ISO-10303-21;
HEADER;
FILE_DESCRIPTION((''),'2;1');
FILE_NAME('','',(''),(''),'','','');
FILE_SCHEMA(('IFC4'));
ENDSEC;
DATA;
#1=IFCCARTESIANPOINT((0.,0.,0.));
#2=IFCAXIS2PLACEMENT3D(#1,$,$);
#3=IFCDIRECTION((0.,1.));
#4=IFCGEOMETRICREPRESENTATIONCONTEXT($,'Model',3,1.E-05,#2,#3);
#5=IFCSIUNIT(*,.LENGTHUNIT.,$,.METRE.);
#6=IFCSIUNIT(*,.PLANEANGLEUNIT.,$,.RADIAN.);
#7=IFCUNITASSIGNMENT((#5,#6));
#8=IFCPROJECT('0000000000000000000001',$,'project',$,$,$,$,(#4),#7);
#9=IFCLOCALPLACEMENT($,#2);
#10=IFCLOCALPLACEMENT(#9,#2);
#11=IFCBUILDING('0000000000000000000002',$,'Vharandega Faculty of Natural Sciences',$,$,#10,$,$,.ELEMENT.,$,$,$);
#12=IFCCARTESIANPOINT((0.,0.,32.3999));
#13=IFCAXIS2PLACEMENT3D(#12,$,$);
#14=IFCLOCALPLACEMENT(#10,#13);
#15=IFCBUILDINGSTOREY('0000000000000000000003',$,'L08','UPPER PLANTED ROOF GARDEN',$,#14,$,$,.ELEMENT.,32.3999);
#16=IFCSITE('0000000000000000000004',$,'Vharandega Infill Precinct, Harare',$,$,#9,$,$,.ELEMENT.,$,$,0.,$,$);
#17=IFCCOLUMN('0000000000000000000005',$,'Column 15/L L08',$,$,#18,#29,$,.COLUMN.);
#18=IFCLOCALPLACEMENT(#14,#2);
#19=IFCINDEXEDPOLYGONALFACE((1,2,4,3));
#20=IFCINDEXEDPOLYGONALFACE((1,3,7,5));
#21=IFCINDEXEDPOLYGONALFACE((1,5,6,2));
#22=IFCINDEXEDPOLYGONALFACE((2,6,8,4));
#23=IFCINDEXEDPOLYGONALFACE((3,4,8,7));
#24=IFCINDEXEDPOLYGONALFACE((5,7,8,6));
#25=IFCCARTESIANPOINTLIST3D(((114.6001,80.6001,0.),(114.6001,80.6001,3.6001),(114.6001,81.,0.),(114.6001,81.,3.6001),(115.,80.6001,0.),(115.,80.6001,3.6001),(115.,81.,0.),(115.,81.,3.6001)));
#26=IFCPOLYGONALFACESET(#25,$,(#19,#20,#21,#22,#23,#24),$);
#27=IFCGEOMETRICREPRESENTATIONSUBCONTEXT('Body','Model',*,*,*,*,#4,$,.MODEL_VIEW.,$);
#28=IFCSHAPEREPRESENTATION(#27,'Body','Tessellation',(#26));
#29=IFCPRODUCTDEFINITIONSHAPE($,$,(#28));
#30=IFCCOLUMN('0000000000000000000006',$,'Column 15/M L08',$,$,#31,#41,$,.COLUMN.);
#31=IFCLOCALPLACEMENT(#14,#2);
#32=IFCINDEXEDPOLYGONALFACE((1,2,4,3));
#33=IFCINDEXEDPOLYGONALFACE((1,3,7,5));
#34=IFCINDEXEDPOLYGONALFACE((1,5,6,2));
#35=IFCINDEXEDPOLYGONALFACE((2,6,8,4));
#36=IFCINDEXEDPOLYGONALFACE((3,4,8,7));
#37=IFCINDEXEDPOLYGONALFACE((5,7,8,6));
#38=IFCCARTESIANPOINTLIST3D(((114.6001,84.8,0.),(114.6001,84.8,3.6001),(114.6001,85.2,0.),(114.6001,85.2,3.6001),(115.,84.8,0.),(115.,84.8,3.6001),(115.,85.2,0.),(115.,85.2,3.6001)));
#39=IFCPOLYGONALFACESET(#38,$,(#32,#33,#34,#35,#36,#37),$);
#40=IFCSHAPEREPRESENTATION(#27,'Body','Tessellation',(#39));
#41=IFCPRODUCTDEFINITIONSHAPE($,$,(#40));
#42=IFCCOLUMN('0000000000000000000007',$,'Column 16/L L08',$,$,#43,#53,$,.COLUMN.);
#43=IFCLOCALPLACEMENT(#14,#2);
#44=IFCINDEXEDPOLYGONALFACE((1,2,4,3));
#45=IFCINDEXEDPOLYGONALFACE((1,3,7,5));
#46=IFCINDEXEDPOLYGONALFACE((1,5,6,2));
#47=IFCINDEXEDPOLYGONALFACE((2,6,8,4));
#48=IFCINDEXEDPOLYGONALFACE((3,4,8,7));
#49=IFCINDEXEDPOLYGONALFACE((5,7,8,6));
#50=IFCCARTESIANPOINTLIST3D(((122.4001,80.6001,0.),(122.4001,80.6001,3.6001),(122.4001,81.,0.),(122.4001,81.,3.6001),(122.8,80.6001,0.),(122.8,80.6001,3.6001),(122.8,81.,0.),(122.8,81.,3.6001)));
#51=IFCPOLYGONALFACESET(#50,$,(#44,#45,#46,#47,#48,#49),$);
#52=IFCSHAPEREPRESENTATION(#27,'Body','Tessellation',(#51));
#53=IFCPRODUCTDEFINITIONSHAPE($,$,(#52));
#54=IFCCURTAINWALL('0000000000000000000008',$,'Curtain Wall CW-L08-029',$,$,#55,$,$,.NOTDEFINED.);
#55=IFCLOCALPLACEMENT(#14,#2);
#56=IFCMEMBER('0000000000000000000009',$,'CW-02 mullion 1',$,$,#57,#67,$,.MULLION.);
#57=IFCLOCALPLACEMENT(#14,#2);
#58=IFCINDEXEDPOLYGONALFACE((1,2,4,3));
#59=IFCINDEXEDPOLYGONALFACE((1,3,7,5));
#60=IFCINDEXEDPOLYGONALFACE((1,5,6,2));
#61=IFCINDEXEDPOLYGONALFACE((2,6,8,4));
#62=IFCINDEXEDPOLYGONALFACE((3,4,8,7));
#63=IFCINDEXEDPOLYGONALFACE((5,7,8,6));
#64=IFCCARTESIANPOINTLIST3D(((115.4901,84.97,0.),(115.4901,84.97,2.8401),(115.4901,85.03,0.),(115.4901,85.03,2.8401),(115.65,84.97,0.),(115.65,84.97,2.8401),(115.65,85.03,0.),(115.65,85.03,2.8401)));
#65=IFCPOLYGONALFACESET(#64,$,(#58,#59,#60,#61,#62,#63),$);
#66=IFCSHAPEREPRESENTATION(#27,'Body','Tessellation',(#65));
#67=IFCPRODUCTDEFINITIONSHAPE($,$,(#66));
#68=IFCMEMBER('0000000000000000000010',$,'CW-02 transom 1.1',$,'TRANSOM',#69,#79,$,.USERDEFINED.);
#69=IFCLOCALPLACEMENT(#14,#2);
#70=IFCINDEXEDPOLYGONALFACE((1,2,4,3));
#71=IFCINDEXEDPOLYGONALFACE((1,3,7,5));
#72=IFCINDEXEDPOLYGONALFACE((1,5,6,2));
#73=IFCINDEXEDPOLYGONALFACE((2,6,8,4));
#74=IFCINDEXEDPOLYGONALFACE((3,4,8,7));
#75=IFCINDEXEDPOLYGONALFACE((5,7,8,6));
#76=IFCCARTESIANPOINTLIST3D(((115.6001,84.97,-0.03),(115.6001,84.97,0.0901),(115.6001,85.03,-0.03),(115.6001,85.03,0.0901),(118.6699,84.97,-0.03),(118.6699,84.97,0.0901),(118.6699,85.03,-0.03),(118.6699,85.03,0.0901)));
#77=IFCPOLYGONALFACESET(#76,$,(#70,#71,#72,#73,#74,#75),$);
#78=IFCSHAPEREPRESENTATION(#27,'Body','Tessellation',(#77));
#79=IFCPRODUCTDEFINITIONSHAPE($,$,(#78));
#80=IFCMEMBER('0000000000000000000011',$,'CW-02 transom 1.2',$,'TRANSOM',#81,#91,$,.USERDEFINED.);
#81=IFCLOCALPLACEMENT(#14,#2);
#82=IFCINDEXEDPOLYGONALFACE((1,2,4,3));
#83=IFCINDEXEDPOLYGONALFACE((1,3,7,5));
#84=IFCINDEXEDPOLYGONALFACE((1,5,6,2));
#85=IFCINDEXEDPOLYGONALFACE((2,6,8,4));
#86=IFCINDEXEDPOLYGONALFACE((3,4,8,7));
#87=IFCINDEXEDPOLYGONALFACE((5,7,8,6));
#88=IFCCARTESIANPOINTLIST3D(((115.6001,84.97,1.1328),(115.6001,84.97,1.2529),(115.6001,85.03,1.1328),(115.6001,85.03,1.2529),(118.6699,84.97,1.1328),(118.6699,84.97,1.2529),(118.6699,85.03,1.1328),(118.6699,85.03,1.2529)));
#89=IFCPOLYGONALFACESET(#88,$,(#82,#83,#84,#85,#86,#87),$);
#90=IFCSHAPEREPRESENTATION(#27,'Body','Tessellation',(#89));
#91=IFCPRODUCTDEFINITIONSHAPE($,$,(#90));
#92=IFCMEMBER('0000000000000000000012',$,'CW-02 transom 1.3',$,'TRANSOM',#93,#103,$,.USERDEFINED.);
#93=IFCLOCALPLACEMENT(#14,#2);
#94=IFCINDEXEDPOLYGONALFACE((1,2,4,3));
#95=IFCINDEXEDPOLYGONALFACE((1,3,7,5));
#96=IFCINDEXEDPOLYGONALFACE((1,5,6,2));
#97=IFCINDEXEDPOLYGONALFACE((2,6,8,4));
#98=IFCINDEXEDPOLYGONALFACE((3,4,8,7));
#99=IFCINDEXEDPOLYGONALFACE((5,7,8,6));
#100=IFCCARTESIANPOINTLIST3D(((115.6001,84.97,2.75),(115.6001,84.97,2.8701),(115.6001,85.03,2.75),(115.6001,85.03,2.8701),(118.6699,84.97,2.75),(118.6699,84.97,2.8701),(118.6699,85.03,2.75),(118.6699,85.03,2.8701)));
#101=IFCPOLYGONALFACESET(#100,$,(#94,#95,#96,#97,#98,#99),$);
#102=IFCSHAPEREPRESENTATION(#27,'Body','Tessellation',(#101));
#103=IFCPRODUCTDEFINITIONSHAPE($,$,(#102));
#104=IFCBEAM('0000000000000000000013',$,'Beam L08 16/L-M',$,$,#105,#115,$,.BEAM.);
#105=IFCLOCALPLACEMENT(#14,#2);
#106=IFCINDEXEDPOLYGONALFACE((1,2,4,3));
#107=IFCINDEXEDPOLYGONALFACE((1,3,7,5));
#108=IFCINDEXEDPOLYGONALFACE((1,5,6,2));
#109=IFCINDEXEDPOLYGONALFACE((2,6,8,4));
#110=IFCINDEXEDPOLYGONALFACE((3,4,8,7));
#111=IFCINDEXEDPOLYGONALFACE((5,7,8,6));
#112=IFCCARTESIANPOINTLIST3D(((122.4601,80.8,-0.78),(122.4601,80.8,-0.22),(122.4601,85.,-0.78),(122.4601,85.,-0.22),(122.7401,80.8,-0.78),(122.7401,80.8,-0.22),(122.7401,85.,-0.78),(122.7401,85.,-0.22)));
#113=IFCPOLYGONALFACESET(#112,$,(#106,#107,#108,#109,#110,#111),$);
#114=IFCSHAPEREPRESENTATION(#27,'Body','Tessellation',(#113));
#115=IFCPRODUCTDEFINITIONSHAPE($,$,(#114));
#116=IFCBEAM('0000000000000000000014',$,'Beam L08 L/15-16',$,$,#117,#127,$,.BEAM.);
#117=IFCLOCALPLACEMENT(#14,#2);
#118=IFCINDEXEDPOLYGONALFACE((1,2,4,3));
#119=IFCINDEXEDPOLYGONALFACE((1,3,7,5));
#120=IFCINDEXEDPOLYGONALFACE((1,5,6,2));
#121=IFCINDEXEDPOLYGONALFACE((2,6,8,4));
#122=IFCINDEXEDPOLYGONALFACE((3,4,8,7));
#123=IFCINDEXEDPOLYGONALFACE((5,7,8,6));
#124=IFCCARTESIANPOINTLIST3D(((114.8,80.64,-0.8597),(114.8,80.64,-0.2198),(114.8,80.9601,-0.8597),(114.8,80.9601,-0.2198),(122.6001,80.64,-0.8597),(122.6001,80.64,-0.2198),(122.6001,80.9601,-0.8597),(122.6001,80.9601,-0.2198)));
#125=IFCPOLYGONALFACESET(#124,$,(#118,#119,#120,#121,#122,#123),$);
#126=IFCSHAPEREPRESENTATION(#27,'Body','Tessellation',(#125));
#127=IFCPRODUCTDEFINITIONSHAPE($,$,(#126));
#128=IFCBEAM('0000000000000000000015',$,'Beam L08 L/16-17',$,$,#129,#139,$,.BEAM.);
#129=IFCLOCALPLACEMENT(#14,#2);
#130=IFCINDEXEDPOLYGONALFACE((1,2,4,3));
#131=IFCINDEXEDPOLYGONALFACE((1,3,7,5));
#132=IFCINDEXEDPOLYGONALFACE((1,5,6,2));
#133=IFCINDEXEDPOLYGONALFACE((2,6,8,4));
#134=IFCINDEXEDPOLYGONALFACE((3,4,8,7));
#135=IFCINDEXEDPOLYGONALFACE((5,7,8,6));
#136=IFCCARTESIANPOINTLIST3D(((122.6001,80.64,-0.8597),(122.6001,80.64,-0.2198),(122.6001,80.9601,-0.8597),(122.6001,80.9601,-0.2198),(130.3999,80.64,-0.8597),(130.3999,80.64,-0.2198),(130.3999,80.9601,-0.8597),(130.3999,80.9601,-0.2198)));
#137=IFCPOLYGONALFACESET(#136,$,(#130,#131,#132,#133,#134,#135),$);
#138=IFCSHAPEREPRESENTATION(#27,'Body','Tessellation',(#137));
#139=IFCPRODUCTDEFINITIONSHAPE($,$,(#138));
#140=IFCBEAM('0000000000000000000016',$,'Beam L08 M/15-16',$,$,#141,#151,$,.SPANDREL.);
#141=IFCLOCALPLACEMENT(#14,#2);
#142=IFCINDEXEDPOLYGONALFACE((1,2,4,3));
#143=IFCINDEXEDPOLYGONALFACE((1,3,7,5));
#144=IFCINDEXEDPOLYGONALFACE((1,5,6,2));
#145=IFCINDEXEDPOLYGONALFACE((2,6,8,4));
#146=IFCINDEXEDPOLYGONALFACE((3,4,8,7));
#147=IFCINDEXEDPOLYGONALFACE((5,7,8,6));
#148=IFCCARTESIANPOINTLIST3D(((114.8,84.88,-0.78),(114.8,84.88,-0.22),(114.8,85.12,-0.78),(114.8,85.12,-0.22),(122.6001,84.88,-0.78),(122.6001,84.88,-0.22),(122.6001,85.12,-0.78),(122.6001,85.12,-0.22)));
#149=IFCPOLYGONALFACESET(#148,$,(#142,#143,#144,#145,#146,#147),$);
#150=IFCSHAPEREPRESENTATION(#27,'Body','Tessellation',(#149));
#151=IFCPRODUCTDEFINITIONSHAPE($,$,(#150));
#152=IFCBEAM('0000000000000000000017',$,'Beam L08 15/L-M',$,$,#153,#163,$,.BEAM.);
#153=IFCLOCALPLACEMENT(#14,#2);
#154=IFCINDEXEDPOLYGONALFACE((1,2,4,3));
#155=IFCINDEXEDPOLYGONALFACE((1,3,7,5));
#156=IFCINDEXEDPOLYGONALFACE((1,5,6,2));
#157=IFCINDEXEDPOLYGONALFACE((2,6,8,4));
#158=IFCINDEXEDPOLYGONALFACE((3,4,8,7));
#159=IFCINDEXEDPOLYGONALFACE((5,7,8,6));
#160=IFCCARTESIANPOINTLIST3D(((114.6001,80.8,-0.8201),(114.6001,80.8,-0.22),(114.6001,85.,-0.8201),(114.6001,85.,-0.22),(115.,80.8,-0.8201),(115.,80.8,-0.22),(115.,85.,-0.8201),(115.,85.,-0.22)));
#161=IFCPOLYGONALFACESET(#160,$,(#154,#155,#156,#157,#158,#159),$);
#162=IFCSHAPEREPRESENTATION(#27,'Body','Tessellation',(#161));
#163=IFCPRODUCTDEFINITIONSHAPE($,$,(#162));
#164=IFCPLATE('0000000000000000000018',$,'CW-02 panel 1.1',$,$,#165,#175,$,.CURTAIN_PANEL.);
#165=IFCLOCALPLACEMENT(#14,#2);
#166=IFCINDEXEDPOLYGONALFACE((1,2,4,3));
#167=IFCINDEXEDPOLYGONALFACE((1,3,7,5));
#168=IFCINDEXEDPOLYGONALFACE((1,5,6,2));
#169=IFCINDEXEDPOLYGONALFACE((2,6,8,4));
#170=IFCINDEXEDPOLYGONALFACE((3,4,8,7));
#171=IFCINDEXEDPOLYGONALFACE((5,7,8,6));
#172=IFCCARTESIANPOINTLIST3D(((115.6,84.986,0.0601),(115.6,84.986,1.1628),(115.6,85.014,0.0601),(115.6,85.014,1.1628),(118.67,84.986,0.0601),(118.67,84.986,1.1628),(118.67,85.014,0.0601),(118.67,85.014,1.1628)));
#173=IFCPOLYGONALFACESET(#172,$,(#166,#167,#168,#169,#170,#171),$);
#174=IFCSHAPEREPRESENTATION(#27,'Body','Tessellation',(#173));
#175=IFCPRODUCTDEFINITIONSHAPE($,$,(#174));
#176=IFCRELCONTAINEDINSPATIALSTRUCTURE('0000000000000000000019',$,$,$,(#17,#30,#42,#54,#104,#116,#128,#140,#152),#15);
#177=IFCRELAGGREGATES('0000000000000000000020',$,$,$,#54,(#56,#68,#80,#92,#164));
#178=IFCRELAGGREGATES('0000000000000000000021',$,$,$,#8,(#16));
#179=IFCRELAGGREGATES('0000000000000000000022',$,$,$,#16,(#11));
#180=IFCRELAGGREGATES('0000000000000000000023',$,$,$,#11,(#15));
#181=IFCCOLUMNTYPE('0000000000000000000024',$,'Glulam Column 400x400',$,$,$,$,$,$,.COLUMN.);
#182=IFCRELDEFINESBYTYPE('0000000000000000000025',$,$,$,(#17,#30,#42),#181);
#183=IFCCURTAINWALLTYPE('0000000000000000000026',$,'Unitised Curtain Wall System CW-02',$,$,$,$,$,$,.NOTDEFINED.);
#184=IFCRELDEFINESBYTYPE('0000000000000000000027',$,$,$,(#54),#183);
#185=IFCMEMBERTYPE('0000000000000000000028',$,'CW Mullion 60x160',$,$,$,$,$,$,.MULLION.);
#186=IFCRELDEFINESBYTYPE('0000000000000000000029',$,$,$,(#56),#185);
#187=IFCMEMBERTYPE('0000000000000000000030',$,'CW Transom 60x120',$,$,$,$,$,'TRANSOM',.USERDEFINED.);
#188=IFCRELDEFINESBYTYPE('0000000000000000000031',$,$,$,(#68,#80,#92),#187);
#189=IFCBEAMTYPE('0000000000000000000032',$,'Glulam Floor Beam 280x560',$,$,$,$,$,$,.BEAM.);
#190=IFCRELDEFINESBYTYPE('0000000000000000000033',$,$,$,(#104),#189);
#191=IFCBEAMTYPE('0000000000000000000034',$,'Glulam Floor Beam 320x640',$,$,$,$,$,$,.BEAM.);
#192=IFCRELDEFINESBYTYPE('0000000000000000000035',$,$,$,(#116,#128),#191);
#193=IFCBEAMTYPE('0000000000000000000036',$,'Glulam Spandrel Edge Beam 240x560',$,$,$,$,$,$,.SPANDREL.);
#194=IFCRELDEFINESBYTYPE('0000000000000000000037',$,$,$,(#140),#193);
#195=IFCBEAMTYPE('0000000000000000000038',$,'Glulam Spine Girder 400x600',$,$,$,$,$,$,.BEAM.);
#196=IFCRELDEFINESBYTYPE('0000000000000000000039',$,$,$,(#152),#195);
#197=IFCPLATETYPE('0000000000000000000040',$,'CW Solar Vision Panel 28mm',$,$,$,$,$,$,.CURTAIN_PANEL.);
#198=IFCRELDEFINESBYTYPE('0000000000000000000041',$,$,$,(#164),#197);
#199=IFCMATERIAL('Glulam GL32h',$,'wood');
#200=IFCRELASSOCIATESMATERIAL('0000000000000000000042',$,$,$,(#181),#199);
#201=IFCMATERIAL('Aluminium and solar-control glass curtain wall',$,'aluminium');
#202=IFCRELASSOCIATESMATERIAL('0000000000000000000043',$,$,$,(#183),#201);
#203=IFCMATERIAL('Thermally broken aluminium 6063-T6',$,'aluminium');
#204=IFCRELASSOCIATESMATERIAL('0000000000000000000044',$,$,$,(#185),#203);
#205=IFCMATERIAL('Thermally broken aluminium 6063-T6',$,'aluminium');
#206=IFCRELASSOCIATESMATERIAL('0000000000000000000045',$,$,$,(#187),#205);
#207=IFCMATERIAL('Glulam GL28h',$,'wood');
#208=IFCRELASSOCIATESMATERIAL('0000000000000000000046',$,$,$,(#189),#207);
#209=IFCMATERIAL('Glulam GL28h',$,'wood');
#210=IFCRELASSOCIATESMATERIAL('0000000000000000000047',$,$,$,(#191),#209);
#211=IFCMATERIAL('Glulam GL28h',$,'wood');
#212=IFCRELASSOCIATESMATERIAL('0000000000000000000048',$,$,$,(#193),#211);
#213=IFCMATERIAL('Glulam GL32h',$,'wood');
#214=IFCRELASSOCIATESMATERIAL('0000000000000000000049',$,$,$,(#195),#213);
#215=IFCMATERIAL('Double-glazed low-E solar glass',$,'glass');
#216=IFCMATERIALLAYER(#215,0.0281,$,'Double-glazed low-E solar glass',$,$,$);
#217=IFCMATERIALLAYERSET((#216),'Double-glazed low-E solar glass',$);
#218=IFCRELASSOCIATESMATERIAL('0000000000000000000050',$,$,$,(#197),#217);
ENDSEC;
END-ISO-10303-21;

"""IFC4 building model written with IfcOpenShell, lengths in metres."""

from ifc_helpers import new_model, si_unit, direction, frame, origin, origin_2d, place, context, subcontext, project, spatial, rectangle, extrude, material, layer, layer_set, material_profile, profile_set, type_object, element, aggregate, save


model = new_model("IFC4")

# Units and contexts
model_context = context("Model", 3, precision=1e-05, world=origin(), true_north=direction((0.0, 1.0)))
body_context = subcontext(model_context, "Body", "Model", "MODEL_VIEW")
ifc_project = project(units=[si_unit("LENGTHUNIT", "METRE"), si_unit("PLANEANGLEUNIT", "RADIAN")], contexts=[model_context])

# Site, building, storey
site_placement = place(None, origin())
site = spatial("IfcSite", under=ifc_project, at=site_placement, Name="Vharandega Infill Precinct, Harare", CompositionType="ELEMENT", RefElevation=0.0)
building_placement = place(site_placement, origin())
building = spatial("IfcBuilding", under=site, at=building_placement, Name="Vharandega Faculty of Natural Sciences", CompositionType="ELEMENT")
storey_placement = place(building_placement, frame((0.0, 0.0, 32.3999)))
storey = spatial("IfcBuildingStorey", under=building, at=storey_placement, Name="L08", Description="UPPER PLANTED ROOF GARDEN", CompositionType="ELEMENT", Elevation=32.3999)

# Columns
ifc_material_1 = material(Name="Glulam GL32h", Category="wood")
ifc_material_profile_1 = material_profile(ifc_material_1, rectangle(XDim=0.3999, YDim=0.3999, at=origin_2d()), Name="GL32h 400x400")
ifc_profile_set_1 = profile_set([ifc_material_profile_1], Name="Glulam GL32h")
column_type = type_object("IfcColumnType", Name="Glulam Column 400x400", PredefinedType="COLUMN", material=ifc_profile_set_1)
for number, where, z_axis, x_axis, name in (
    (1, (114.8, 80.8, 0.0), (0.0, 0.0, 1.0), (1.0, 0.0, 0.0), "Column 15/L L08"),
    (2, (114.8, 85.0, 0.0), (0.0, 0.0, 1.0), (1.0, 0.0, 0.0), "Column 15/M L08"),
    (3, (122.6001, 80.8, 0.0), (0.0, 0.0, 1.0), (1.0, 0.0, 0.0), "Column 16/L L08"),
):
    element("IfcColumn", number, at=place(storey_placement, frame(where, z_axis=z_axis, x_axis=x_axis)), inside=storey, type_object=column_type, Name=name, PredefinedType="COLUMN", context=body_context, shape_type="SweptSolid", body=[
        extrude(rectangle(XDim=0.3999, YDim=0.3999, at=origin_2d()), origin(), (0.0, 0.0, 1.0), 3.6001),
    ])

# Curtain wall, members
ifc_material_2 = material(Name="Aluminium and solar-control glass curtain wall", Category="aluminium")
curtain_wall_type = type_object("IfcCurtainWallType", Name="Unitised Curtain Wall System CW-02", PredefinedType="NOTDEFINED", material=ifc_material_2)
curtain_wall_placement = place(storey_placement, origin())
curtain_wall = element("IfcCurtainWall", 4, at=curtain_wall_placement, inside=storey, type_object=curtain_wall_type, Name="Curtain Wall CW-L08-029", PredefinedType="NOTDEFINED")
ifc_material_3 = material(Name="Thermally broken aluminium 6063-T6", Category="aluminium")
ifc_material_profile_2 = material_profile(ifc_material_3, rectangle(XDim=0.0601, YDim=0.1599, at=origin_2d()), Name="ALU 60x160")
ifc_profile_set_2 = profile_set([ifc_material_profile_2], Name="Thermally broken aluminium 6063-T6")
member_type_1 = type_object("IfcMemberType", Name="CW Mullion 60x160", PredefinedType="MULLION", material=ifc_profile_set_2)
member_1_placement = place(storey_placement, frame((115.5701, 85.0, 0.0), z_axis=(0.0, 0.0, 1.0), x_axis=(0.0, 1.0, 0.0)))
member_1 = element("IfcMember", 5, at=member_1_placement, type_object=member_type_1, Name="CW-02 mullion 1", PredefinedType="MULLION", context=body_context, shape_type="SweptSolid", body=[
    extrude(rectangle(XDim=0.0601, YDim=0.1599, at=origin_2d()), origin(), (0.0, 0.0, 1.0), 2.8401),
])
ifc_material_4 = material(Name="Thermally broken aluminium 6063-T6", Category="aluminium")
ifc_material_profile_3 = material_profile(ifc_material_4, rectangle(XDim=0.0601, YDim=0.1201, at=origin_2d()), Name="ALU 60x120")
ifc_profile_set_3 = profile_set([ifc_material_profile_3], Name="Thermally broken aluminium 6063-T6")
member_type_2 = type_object("IfcMemberType", Name="CW Transom 60x120", ElementType="TRANSOM", PredefinedType="USERDEFINED", material=ifc_profile_set_3)
member_2_placement = place(storey_placement, frame((115.6001, 85.0, 0.03), z_axis=(1.0, 0.0, 0.0), x_axis=(0.0, 1.0, 0.0)))
member_2 = element("IfcMember", 6, at=member_2_placement, type_object=member_type_2, Name="CW-02 transom 1.1", ObjectType="TRANSOM", PredefinedType="USERDEFINED", context=body_context, shape_type="SweptSolid", body=[
    extrude(rectangle(XDim=0.0601, YDim=0.1201, at=origin_2d()), origin(), (0.0, 0.0, 1.0), 3.0698),
])
member_3_placement = place(storey_placement, frame((115.6001, 85.0, 1.1929), z_axis=(1.0, 0.0, 0.0), x_axis=(0.0, 1.0, 0.0)))
member_3 = element("IfcMember", 7, at=member_3_placement, type_object=member_type_2, Name="CW-02 transom 1.2", ObjectType="TRANSOM", PredefinedType="USERDEFINED", context=body_context, shape_type="SweptSolid", body=[
    extrude(rectangle(XDim=0.0601, YDim=0.1201, at=origin_2d()), origin(), (0.0, 0.0, 1.0), 3.0698),
])
member_4_placement = place(storey_placement, frame((115.6001, 85.0, 2.8101), z_axis=(1.0, 0.0, 0.0), x_axis=(0.0, 1.0, 0.0)))
member_4 = element("IfcMember", 8, at=member_4_placement, type_object=member_type_2, Name="CW-02 transom 1.3", ObjectType="TRANSOM", PredefinedType="USERDEFINED", context=body_context, shape_type="SweptSolid", body=[
    extrude(rectangle(XDim=0.0601, YDim=0.1201, at=origin_2d()), origin(), (0.0, 0.0, 1.0), 3.0698),
])

# Beams
ifc_material_5 = material(Name="Glulam GL28h", Category="wood")
ifc_material_profile_4 = material_profile(ifc_material_5, rectangle(XDim=0.28, YDim=0.5601, at=origin_2d()), Name="GL28h 280x560")
ifc_profile_set_4 = profile_set([ifc_material_profile_4], Name="Glulam GL28h")
beam_type_1 = type_object("IfcBeamType", Name="Glulam Floor Beam 280x560", PredefinedType="BEAM", material=ifc_profile_set_4)
beam_1_placement = place(storey_placement, frame((122.6001, 80.8, -0.5), z_axis=(0.0, 1.0, 0.0), x_axis=(-1.0, 0.0, 0.0)))
element("IfcBeam", 9, at=beam_1_placement, inside=storey, type_object=beam_type_1, Name="Beam L08 16/L-M", PredefinedType="BEAM", context=body_context, shape_type="SweptSolid", body=[
    extrude(rectangle(XDim=0.28, YDim=0.5601, at=origin_2d()), origin(), (0.0, 0.0, 1.0), 4.2),
])
ifc_material_6 = material(Name="Glulam GL28h", Category="wood")
ifc_material_profile_5 = material_profile(ifc_material_6, rectangle(XDim=0.3201, YDim=0.6399, at=origin_2d()), Name="GL28h 320x640")
ifc_profile_set_5 = profile_set([ifc_material_profile_5], Name="Glulam GL28h")
beam_type_2 = type_object("IfcBeamType", Name="Glulam Floor Beam 320x640", PredefinedType="BEAM", material=ifc_profile_set_5)
beam_2_placement = place(storey_placement, frame((114.8, 80.8, -0.5398), z_axis=(1.0, 0.0, 0.0), x_axis=(0.0, 1.0, 0.0)))
element("IfcBeam", 10, at=beam_2_placement, inside=storey, type_object=beam_type_2, Name="Beam L08 L/15-16", PredefinedType="BEAM", context=body_context, shape_type="SweptSolid", body=[
    extrude(rectangle(XDim=0.3201, YDim=0.6399, at=origin_2d()), origin(), (0.0, 0.0, 1.0), 7.8),
])
beam_3_placement = place(storey_placement, frame((122.6001, 80.8, -0.5398), z_axis=(1.0, 0.0, 0.0), x_axis=(0.0, 1.0, 0.0)))
element("IfcBeam", 11, at=beam_3_placement, inside=storey, type_object=beam_type_2, Name="Beam L08 L/16-17", PredefinedType="BEAM", context=body_context, shape_type="SweptSolid", body=[
    extrude(rectangle(XDim=0.3201, YDim=0.6399, at=origin_2d()), origin(), (0.0, 0.0, 1.0), 7.7998),
])
ifc_material_7 = material(Name="Glulam GL28h", Category="wood")
ifc_material_profile_6 = material_profile(ifc_material_7, rectangle(XDim=0.24, YDim=0.5601, at=origin_2d()), Name="GL28h 240x560")
ifc_profile_set_6 = profile_set([ifc_material_profile_6], Name="Glulam GL28h")
beam_type_3 = type_object("IfcBeamType", Name="Glulam Spandrel Edge Beam 240x560", PredefinedType="SPANDREL", material=ifc_profile_set_6)
beam_4_placement = place(storey_placement, frame((114.8, 85.0, -0.5), z_axis=(1.0, 0.0, 0.0), x_axis=(0.0, 1.0, 0.0)))
element("IfcBeam", 12, at=beam_4_placement, inside=storey, type_object=beam_type_3, Name="Beam L08 M/15-16", PredefinedType="SPANDREL", context=body_context, shape_type="SweptSolid", body=[
    extrude(rectangle(XDim=0.24, YDim=0.5601, at=origin_2d()), origin(), (0.0, 0.0, 1.0), 7.8),
])
ifc_material_8 = material(Name="Glulam GL32h", Category="wood")
ifc_material_profile_7 = material_profile(ifc_material_8, rectangle(XDim=0.3999, YDim=0.6001, at=origin_2d()), Name="GL32h 400x600")
ifc_profile_set_7 = profile_set([ifc_material_profile_7], Name="Glulam GL32h")
beam_type_4 = type_object("IfcBeamType", Name="Glulam Spine Girder 400x600", PredefinedType="BEAM", material=ifc_profile_set_7)
beam_5_placement = place(storey_placement, frame((114.8, 80.8, -0.52), z_axis=(0.0, 1.0, 0.0), x_axis=(-1.0, 0.0, 0.0)))
element("IfcBeam", 13, at=beam_5_placement, inside=storey, type_object=beam_type_4, Name="Beam L08 15/L-M", PredefinedType="BEAM", context=body_context, shape_type="SweptSolid", body=[
    extrude(rectangle(XDim=0.3999, YDim=0.6001, at=origin_2d()), origin(), (0.0, 0.0, 1.0), 4.2),
])

# Plate
ifc_material_9 = material(Name="Double-glazed low-E solar glass", Category="glass")
ifc_layer_1 = layer(ifc_material_9, 0.0281, Name="Double-glazed low-E solar glass")
ifc_layer_set_1 = layer_set([ifc_layer_1], Name="Double-glazed low-E solar glass")
plate_type = type_object("IfcPlateType", Name="CW Solar Vision Panel 28mm", PredefinedType="CURTAIN_PANEL", material=ifc_layer_set_1)
plate_placement = place(storey_placement, frame((117.135, 85.0, 0.0601), z_axis=(0.0, 0.0, 1.0), x_axis=(1.0, 0.0, 0.0)))
plate = element("IfcPlate", 14, at=plate_placement, type_object=plate_type, Name="CW-02 panel 1.1", PredefinedType="CURTAIN_PANEL", context=body_context, shape_type="SweptSolid", body=[
    extrude(rectangle(XDim=3.0701, YDim=0.0281, at=origin_2d()), origin(), (0.0, 0.0, 1.0), 1.1028),
])
aggregate(curtain_wall, [member_1, member_2, member_3, member_4, plate])

save(model, "model.ifc")
